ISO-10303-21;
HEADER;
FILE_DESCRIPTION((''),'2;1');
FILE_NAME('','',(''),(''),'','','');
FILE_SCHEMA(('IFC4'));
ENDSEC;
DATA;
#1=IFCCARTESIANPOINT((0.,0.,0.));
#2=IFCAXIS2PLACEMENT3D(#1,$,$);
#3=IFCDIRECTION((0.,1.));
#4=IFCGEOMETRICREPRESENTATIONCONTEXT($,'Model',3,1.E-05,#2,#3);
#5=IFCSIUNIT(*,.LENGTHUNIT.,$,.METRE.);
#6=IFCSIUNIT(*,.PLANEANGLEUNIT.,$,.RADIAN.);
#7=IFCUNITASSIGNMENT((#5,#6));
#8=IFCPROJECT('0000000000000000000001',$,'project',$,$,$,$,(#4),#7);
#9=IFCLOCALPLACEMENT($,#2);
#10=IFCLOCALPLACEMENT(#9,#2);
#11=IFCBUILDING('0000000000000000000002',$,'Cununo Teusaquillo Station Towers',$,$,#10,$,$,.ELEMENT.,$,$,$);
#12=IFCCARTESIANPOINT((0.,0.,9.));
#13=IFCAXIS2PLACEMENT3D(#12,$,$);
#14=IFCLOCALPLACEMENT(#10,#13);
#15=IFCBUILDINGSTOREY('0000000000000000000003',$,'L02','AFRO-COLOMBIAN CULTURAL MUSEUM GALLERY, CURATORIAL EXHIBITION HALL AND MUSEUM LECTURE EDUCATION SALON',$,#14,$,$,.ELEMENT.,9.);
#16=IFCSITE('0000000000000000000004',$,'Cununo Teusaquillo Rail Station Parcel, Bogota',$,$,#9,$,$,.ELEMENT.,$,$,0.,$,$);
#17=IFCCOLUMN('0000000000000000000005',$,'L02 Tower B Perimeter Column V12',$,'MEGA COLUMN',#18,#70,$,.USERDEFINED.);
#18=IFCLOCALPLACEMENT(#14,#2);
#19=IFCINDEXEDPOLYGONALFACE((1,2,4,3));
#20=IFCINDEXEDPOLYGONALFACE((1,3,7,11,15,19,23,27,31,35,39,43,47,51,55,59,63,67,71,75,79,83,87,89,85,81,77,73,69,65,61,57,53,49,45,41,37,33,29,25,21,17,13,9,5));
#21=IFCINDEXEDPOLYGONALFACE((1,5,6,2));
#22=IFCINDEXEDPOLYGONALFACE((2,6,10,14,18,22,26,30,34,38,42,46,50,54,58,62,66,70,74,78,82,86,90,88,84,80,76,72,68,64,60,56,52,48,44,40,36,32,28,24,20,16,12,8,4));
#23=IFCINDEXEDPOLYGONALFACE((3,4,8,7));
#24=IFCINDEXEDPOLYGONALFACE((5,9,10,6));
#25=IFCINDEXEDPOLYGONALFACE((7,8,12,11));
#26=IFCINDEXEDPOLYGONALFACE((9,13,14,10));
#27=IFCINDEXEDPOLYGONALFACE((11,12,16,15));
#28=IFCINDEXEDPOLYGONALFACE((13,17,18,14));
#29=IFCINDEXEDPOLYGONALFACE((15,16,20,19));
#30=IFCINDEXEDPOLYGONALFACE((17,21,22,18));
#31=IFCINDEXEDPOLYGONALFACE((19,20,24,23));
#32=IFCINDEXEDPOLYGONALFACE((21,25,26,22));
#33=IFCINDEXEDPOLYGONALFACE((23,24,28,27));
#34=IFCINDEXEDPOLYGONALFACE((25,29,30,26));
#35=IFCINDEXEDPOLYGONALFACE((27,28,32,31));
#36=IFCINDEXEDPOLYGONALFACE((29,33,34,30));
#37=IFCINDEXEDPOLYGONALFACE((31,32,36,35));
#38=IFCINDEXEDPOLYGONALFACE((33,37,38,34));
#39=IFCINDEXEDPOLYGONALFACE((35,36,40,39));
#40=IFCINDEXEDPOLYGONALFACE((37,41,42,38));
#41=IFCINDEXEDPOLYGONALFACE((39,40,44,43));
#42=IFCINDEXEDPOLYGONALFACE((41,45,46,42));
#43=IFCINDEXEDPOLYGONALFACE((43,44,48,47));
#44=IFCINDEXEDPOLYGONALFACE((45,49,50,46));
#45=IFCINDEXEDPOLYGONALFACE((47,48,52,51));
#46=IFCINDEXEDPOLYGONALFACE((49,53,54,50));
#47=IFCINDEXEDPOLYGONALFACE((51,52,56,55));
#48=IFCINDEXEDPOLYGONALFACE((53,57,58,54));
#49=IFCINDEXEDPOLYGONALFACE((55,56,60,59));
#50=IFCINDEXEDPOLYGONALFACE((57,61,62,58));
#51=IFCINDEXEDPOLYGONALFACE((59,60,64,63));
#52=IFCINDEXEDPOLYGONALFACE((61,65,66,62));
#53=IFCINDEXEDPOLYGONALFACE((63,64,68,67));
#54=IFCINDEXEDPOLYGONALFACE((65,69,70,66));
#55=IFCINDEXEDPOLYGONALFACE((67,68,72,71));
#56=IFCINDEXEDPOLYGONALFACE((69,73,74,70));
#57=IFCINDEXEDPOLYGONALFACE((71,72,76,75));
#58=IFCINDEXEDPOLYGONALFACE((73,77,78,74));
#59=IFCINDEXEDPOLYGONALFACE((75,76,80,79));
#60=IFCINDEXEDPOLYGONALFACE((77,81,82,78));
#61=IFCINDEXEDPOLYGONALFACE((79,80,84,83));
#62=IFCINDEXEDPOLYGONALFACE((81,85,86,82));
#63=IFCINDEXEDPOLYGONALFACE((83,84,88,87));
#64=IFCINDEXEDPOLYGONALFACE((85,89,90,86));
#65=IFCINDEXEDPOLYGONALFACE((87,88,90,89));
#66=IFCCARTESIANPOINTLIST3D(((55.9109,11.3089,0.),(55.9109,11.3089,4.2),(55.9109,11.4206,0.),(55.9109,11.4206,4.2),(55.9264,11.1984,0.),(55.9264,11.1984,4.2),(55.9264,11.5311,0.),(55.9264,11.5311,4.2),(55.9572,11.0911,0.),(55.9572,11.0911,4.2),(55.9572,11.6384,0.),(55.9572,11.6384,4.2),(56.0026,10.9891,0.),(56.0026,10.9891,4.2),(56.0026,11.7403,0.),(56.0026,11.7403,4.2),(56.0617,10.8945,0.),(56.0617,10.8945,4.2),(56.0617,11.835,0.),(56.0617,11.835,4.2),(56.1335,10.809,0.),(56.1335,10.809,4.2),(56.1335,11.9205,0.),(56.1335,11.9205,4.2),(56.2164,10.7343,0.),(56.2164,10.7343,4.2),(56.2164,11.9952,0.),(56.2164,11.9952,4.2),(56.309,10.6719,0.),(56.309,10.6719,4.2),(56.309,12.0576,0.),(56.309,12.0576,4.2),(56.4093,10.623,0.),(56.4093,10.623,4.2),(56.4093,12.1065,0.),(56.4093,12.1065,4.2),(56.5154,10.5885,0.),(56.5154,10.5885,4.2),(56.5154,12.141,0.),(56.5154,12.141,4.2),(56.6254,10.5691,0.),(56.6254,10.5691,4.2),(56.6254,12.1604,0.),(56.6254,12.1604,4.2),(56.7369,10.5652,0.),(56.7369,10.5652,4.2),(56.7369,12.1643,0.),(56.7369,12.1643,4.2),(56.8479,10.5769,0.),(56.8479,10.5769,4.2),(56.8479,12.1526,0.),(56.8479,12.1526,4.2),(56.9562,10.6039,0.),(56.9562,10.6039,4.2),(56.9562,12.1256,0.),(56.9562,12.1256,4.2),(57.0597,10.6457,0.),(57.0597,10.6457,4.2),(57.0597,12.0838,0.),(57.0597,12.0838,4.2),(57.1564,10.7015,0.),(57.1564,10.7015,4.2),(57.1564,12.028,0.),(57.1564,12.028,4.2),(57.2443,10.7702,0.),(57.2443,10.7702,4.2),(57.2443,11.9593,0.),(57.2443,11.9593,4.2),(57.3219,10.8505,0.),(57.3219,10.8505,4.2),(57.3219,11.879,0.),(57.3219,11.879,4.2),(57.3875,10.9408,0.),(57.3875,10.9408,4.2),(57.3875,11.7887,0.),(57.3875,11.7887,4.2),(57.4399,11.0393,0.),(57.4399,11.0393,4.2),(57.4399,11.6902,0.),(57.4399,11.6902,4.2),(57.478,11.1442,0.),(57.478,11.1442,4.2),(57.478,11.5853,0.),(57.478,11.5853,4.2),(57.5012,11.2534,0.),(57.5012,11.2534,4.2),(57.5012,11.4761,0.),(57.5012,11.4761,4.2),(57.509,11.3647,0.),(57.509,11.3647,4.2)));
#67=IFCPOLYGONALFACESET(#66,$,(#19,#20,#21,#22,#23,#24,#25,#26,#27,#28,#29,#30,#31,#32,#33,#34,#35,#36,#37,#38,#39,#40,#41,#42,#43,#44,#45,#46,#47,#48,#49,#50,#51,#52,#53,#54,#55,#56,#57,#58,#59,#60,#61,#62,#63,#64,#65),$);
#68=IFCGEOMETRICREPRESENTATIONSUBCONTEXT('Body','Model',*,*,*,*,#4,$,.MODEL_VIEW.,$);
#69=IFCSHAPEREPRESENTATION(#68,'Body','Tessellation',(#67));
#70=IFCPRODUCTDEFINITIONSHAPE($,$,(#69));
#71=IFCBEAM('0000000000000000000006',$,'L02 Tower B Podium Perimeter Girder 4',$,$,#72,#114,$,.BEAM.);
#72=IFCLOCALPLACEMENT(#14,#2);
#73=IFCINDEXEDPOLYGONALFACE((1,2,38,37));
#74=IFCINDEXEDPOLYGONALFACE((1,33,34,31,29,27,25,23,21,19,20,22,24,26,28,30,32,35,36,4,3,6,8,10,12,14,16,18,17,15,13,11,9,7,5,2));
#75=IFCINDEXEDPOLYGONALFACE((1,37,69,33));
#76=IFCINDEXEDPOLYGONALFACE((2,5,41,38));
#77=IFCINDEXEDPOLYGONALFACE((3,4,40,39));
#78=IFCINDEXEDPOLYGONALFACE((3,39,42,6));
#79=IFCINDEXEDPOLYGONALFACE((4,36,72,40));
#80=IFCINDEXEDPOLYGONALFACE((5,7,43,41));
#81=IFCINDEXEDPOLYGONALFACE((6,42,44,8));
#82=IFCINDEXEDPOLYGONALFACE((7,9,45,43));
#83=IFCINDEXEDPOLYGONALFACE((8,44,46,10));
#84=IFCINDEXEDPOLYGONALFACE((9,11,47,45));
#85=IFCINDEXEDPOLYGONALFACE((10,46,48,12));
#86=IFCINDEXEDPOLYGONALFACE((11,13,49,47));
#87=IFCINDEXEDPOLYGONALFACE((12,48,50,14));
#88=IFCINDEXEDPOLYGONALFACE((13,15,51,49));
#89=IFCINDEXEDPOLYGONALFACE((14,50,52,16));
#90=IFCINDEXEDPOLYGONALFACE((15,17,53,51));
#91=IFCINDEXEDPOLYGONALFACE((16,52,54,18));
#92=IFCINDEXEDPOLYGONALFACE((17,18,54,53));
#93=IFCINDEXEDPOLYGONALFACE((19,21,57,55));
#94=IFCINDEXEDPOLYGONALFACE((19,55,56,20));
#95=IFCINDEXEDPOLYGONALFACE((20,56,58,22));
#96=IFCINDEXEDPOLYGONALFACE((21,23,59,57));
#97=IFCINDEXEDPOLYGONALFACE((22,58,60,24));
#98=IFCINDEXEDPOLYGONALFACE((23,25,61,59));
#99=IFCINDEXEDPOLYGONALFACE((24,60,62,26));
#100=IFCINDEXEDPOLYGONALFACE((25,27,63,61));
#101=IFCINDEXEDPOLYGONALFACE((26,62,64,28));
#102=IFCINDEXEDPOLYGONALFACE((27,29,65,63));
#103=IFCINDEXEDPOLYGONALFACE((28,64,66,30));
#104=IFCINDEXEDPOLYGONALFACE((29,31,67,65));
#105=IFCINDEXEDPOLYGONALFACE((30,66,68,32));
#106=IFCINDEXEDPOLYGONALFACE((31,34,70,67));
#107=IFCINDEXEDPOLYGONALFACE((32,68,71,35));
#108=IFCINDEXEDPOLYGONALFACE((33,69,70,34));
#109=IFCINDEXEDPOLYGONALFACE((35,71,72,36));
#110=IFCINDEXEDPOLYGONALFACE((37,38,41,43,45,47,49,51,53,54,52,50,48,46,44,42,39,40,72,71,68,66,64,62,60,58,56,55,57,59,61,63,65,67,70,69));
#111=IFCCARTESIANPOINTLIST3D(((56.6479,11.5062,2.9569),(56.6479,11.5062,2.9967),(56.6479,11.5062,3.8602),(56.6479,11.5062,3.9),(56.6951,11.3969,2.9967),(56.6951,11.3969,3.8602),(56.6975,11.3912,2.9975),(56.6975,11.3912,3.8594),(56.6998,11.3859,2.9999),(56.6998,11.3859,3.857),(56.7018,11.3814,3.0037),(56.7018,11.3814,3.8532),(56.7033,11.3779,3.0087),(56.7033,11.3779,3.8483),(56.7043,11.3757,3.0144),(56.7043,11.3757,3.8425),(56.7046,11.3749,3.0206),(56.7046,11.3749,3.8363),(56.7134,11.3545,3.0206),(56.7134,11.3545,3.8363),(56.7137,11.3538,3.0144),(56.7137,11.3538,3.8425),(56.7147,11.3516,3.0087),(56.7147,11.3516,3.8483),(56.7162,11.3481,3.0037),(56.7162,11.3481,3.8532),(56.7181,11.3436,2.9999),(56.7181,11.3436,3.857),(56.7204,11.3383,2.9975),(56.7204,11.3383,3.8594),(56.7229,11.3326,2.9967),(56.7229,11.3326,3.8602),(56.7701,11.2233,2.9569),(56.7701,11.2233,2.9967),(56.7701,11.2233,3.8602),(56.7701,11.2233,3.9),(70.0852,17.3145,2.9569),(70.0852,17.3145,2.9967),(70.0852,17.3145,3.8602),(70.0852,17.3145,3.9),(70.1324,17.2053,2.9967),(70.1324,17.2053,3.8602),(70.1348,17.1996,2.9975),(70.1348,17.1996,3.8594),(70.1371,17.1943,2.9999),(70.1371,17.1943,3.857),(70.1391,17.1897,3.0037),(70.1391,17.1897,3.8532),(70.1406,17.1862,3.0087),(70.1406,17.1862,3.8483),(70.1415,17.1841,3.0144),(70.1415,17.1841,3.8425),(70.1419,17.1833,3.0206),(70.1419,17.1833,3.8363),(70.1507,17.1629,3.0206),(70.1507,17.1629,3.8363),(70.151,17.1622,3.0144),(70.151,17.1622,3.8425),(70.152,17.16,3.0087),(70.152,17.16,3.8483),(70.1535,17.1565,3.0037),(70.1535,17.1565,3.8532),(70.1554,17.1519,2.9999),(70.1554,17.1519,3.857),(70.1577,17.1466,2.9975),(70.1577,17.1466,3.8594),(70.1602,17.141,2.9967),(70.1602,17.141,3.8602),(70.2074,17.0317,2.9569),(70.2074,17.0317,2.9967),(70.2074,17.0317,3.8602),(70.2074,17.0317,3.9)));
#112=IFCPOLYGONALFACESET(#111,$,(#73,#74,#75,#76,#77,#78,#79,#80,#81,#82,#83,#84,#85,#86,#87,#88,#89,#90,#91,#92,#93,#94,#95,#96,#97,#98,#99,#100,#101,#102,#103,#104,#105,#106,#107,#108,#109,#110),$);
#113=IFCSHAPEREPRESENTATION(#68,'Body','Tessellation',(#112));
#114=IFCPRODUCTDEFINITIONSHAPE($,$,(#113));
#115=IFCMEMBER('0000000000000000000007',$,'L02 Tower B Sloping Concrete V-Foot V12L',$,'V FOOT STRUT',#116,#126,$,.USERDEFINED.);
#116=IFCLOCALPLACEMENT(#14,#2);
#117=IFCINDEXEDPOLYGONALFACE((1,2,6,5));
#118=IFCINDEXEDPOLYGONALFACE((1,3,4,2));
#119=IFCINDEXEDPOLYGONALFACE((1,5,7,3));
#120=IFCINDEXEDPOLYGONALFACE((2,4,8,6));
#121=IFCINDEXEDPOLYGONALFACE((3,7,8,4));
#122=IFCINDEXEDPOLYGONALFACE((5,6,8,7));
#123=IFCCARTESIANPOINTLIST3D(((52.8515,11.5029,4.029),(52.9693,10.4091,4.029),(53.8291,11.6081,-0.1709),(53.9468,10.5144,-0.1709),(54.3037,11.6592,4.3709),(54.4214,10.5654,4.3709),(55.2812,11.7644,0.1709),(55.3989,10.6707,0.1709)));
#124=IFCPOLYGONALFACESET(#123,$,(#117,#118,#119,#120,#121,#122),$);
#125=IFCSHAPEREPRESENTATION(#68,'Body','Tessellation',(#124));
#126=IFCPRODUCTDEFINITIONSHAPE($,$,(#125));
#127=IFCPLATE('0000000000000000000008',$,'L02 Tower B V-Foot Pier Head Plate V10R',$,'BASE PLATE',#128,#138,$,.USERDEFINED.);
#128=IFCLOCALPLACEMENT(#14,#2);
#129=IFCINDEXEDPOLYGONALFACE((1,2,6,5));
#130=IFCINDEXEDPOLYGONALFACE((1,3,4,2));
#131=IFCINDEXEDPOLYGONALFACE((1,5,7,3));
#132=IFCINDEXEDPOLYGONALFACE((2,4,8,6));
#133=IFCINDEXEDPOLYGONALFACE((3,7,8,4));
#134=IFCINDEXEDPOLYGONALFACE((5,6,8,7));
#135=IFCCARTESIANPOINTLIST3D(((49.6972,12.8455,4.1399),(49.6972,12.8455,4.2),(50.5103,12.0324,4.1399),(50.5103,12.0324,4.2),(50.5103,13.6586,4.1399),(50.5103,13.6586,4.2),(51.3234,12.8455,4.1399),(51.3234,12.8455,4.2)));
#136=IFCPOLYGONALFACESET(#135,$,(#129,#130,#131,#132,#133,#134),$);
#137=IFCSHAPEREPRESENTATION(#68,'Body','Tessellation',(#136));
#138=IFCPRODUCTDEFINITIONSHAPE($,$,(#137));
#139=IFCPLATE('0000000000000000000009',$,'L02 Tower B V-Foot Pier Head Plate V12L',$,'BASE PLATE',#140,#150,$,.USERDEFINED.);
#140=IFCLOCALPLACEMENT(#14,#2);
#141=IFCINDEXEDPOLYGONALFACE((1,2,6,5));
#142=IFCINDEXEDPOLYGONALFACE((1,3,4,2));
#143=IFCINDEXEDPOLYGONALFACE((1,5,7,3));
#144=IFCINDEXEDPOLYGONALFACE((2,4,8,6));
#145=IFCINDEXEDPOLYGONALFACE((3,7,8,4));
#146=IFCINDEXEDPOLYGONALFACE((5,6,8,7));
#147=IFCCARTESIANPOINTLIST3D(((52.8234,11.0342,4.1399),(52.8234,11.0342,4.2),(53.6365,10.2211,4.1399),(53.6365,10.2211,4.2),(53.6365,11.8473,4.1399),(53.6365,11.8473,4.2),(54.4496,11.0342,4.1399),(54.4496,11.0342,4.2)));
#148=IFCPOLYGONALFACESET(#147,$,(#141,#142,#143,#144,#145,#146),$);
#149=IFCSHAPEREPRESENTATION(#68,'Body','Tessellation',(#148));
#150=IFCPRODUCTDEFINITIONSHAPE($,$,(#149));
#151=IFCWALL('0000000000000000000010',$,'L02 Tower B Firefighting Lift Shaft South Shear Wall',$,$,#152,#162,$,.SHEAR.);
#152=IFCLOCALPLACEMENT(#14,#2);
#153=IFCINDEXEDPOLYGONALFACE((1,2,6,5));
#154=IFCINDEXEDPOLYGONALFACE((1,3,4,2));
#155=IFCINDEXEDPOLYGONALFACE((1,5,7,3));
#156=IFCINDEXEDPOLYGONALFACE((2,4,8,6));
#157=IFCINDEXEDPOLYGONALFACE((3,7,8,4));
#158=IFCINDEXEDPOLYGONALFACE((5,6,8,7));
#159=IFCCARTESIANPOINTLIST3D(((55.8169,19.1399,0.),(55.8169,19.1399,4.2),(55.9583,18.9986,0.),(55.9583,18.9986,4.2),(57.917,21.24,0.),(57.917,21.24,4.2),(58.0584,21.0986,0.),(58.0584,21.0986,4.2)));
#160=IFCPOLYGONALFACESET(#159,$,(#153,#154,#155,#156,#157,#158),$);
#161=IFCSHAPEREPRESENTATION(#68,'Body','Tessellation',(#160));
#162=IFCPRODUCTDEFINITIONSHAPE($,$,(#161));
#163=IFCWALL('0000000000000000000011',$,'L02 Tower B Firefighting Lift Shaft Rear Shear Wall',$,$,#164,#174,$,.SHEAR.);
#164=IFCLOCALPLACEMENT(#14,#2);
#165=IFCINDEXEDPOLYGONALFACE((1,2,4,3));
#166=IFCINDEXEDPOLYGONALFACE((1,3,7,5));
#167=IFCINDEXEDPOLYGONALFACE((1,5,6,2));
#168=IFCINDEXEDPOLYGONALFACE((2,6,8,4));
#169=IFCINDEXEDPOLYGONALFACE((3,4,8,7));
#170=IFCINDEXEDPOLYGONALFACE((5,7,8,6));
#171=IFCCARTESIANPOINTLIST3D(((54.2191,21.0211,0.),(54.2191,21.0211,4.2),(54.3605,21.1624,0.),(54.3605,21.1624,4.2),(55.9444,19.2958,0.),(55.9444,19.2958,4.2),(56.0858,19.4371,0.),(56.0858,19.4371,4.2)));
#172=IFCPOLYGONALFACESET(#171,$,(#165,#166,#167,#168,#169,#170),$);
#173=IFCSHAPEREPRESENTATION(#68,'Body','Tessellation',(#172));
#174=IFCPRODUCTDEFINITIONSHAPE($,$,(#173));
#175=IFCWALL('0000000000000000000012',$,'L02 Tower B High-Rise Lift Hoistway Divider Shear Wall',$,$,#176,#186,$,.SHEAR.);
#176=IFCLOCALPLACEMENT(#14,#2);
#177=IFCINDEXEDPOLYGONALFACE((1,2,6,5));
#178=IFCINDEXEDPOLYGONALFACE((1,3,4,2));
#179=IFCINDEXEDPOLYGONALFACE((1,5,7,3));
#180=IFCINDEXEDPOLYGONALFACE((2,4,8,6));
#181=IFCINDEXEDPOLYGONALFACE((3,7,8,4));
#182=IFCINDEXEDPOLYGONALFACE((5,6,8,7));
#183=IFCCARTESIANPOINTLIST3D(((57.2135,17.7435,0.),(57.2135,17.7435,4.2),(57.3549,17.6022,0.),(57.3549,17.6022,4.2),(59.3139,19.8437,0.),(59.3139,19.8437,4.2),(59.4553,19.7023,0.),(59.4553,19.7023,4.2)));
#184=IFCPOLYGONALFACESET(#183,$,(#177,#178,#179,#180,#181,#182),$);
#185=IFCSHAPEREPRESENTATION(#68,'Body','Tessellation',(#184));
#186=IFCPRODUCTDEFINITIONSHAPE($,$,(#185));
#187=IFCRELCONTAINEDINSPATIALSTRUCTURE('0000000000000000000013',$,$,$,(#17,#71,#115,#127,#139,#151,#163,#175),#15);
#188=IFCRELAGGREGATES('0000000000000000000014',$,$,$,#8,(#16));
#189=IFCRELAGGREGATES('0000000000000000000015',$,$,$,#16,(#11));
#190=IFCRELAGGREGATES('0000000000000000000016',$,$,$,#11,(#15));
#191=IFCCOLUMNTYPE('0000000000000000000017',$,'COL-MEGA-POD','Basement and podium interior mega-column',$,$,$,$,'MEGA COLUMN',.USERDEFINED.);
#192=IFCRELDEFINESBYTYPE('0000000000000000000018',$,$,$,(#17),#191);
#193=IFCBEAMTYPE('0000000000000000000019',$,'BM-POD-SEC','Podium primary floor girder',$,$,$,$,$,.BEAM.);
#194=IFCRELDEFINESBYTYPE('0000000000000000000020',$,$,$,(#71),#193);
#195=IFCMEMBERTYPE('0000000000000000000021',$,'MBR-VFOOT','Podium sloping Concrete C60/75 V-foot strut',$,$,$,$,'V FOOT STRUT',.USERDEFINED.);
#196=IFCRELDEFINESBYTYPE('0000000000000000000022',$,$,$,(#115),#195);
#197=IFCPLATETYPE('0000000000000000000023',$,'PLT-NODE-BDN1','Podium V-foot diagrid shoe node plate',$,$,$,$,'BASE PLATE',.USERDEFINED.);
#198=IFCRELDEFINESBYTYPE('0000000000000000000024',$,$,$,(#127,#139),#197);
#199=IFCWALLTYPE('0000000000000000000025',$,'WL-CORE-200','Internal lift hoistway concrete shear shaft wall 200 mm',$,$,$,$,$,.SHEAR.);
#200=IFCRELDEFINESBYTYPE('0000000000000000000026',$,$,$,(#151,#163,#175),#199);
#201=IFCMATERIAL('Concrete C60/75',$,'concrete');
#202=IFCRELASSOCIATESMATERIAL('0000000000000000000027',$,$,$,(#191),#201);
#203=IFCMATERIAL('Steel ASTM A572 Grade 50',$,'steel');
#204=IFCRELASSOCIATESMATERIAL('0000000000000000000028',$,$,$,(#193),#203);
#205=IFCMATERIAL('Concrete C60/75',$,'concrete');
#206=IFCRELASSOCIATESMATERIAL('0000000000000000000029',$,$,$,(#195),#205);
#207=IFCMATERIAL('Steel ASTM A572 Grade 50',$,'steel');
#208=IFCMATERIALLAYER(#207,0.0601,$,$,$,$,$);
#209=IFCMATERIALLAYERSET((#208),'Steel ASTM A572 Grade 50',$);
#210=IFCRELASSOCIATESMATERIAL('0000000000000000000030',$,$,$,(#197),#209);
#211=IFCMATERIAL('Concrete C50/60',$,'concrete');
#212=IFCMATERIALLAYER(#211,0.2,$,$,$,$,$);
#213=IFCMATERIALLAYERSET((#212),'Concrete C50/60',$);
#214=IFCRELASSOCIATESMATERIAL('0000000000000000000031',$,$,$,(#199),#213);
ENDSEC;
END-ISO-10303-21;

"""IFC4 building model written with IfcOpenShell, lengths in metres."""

from ifc_helpers import new_model, si_unit, direction, frame, frame_2d, origin, origin_2d, place, context, subcontext, project, spatial, rectangle, circle, i_section, extrude, source, transform, mapped, material, layer, layer_set, material_profile, profile_set, type_object, element, save


model = new_model("IFC4")

# Units and contexts
model_context = context("Model", 3, precision=1e-05, world=origin(), true_north=direction((0.0, 1.0)))
body_context = subcontext(model_context, "Body", "Model", "MODEL_VIEW")
ifc_project = project(units=[si_unit("LENGTHUNIT", "METRE"), si_unit("PLANEANGLEUNIT", "RADIAN")], contexts=[model_context])

# Site, building, storey
site_placement = place(None, origin())
site = spatial("IfcSite", under=ifc_project, at=site_placement, Name="Cununo Teusaquillo Rail Station Parcel, Bogota", CompositionType="ELEMENT", RefElevation=0.0)
building_placement = place(site_placement, origin())
building = spatial("IfcBuilding", under=site, at=building_placement, Name="Cununo Teusaquillo Station Towers", CompositionType="ELEMENT")
storey_placement = place(building_placement, frame((0.0, 0.0, 9.0)))
storey = spatial("IfcBuildingStorey", under=building, at=storey_placement, Name="L02", Description="AFRO-COLOMBIAN CULTURAL MUSEUM GALLERY, CURATORIAL EXHIBITION HALL AND MUSEUM LECTURE EDUCATION SALON", CompositionType="ELEMENT", Elevation=9.0)

# Column
ifc_material_1 = material(Name="Concrete C60/75", Category="concrete")
ifc_material_profile_1 = material_profile(ifc_material_1, circle(Radius=0.8, at=origin_2d()), Name="RC-CIRC-1600")
ifc_profile_set_1 = profile_set([ifc_material_profile_1], Name="Concrete C60/75")
column_type = type_object("IfcColumnType", Name="COL-MEGA-POD", Description="Basement and podium interior mega-column", ElementType="MEGA COLUMN", PredefinedType="USERDEFINED", material=ifc_profile_set_1)
column_placement = place(storey_placement, frame((56.709, 11.3647, 0.0), z_axis=(0.0, 0.0, 1.0), x_axis=(1.0, 0.0, 0.0)))
element("IfcColumn", 1, at=column_placement, inside=storey, type_object=column_type, Name="L02 Tower B Perimeter Column V12", ObjectType="MEGA COLUMN", PredefinedType="USERDEFINED", context=body_context, shape_type="SweptSolid", body=[
    extrude(circle(Radius=0.8, at=origin_2d()), origin(), (0.0, 0.0, 1.0), 4.2),
])

# Beam
ifc_material_2 = material(Name="Steel ASTM A572 Grade 50", Category="steel")
ifc_material_profile_2 = material_profile(ifc_material_2, i_section(OverallWidth=0.3081, OverallDepth=0.9431, WebThickness=0.0222, FlangeThickness=0.0398, FilletRadius=0.0239, at=origin_2d()), Name="W36X232")
ifc_profile_set_2 = profile_set([ifc_material_profile_2], Name="Steel ASTM A572 Grade 50")
beam_type = type_object("IfcBeamType", Name="BM-POD-SEC", Description="Podium primary floor girder", PredefinedType="BEAM", material=ifc_profile_set_2)
beam_placement = place(storey_placement, frame((56.709, 11.3647, 3.4285), z_axis=(0.917916, 0.396776, 0.0), x_axis=(-0.396776, 0.917916, 0.0)))
element("IfcBeam", 2, at=beam_placement, inside=storey, type_object=beam_type, Name="L02 Tower B Podium Perimeter Girder 4", PredefinedType="BEAM", context=body_context, shape_type="SweptSolid", body=[
    extrude(i_section(OverallWidth=0.3081, OverallDepth=0.9431, WebThickness=0.0222, FlangeThickness=0.0398, FilletRadius=0.0239, at=origin_2d()), origin(), (0.0, 0.0, 1.0), 14.6389),
])

# Member
ifc_material_3 = material(Name="Concrete C60/75", Category="concrete")
ifc_material_profile_3 = material_profile(ifc_material_3, rectangle(XDim=1.1001, YDim=1.5, at=origin_2d()), Name="RC-RECT-1500x1100")
ifc_profile_set_3 = profile_set([ifc_material_profile_3], Name="Concrete C60/75")
member_type = type_object("IfcMemberType", Name="MBR-VFOOT", Description="Podium sloping Concrete C60/75 V-foot strut", ElementType="V FOOT STRUT", PredefinedType="USERDEFINED", material=ifc_profile_set_3)
member_placement = place(storey_placement, frame((54.614, 11.1394, 0.0), z_axis=(-0.226623, -0.024394, 0.973677), x_axis=(0.107024, -0.994256, 0.0)))
element("IfcMember", 3, at=member_placement, inside=storey, type_object=member_type, Name="L02 Tower B Sloping Concrete V-Foot V12L", ObjectType="V FOOT STRUT", PredefinedType="USERDEFINED", context=body_context, shape_type="SweptSolid", body=[
    extrude(rectangle(XDim=1.1001, YDim=1.5, at=origin_2d()), origin(), (0.0, 0.0, 1.0), 4.3135),
])

# Plates
ifc_material_4 = material(Name="Steel ASTM A572 Grade 50", Category="steel")
ifc_layer_1 = layer(ifc_material_4, 0.0601)
ifc_layer_set_1 = layer_set([ifc_layer_1], Name="Steel ASTM A572 Grade 50")
plate_type = type_object("IfcPlateType", Name="PLT-NODE-BDN1", Description="Podium V-foot diagrid shoe node plate", ElementType="BASE PLATE", PredefinedType="USERDEFINED", material=ifc_layer_set_1)
shared_shape_1 = source(origin(), body_context, "Body", "SweptSolid", [
    extrude(rectangle(XDim=1.1499, YDim=1.1499, at=origin_2d()), origin(), (0.0, 0.0, 1.0), 0.0601),
])
for number, where, z_axis, x_axis, name in (
    (4, (50.5103, 12.8455, 4.1399), (0.0, 0.0, 1.0), (0.707107, 0.707107, 0.0), "L02 Tower B V-Foot Pier Head Plate V10R"),
    (5, (53.6365, 11.0342, 4.1399), (0.0, 0.0, 1.0), (0.707107, 0.707107, 0.0), "L02 Tower B V-Foot Pier Head Plate V12L"),
):
    element("IfcPlate", number, at=place(storey_placement, frame(where, z_axis=z_axis, x_axis=x_axis)), inside=storey, type_object=plate_type, Name=name, ObjectType="BASE PLATE", PredefinedType="USERDEFINED", context=body_context, shape_type="MappedRepresentation", body=[
        mapped(shared_shape_1, transform((0.0, 0.0, 0.0), x_axis=(1.0, 0.0, 0.0), y_axis=(0.0, 1.0, 0.0), z_axis=(0.0, 0.0, 1.0), scale=1.0)),
    ])

# Walls
ifc_material_5 = material(Name="Concrete C50/60", Category="concrete")
ifc_layer_2 = layer(ifc_material_5, 0.2)
ifc_layer_set_2 = layer_set([ifc_layer_2], Name="Concrete C50/60")
wall_type_1 = type_object("IfcWallType", Name="WL-CORE-200", Description="Internal lift hoistway concrete shear shaft wall 200 mm", PredefinedType="SHEAR", material=ifc_layer_set_2)
wall_1_placement = place(storey_placement, frame((55.8877, 19.0693, 0.0), z_axis=(0.0, 0.0, 1.0), x_axis=(0.707107, 0.707107, 0.0)))
element("IfcWall", 6, at=wall_1_placement, inside=storey, type_object=wall_type_1, Name="L02 Tower B Firefighting Lift Shaft South Shear Wall", PredefinedType="SHEAR", context=body_context, shape_type="SweptSolid", body=[
    extrude(rectangle(XDim=2.97, YDim=0.2, at=frame_2d((1.4849, 0.0))), origin(), (0.0, 0.0, 1.0), 4.2),
])
wall_2_placement = place(storey_placement, frame((56.0151, 19.3665, 0.0), z_axis=(0.0, 0.0, 1.0), x_axis=(-0.707107, 0.707107, 0.0)))
element("IfcWall", 7, at=wall_2_placement, inside=storey, type_object=wall_type_1, Name="L02 Tower B Firefighting Lift Shaft Rear Shear Wall", PredefinedType="SHEAR", context=body_context, shape_type="SweptSolid", body=[
    extrude(rectangle(XDim=2.4399, YDim=0.2, at=frame_2d((1.22, 0.0))), origin(), (0.0, 0.0, 1.0), 4.2),
])
wall_3_placement = place(storey_placement, frame((57.2842, 17.6729, 0.0), z_axis=(0.0, 0.0, 1.0), x_axis=(0.707148, 0.707066, 0.0)))
element("IfcWall", 8, at=wall_3_placement, inside=storey, type_object=wall_type_1, Name="L02 Tower B High-Rise Lift Hoistway Divider Shear Wall", PredefinedType="SHEAR", context=body_context, shape_type="SweptSolid", body=[
    extrude(rectangle(XDim=2.9702, YDim=0.2, at=frame_2d((1.4851, 0.0))), origin(), (0.0, 0.0, 1.0), 4.2),
])

save(model, "model.ifc")
